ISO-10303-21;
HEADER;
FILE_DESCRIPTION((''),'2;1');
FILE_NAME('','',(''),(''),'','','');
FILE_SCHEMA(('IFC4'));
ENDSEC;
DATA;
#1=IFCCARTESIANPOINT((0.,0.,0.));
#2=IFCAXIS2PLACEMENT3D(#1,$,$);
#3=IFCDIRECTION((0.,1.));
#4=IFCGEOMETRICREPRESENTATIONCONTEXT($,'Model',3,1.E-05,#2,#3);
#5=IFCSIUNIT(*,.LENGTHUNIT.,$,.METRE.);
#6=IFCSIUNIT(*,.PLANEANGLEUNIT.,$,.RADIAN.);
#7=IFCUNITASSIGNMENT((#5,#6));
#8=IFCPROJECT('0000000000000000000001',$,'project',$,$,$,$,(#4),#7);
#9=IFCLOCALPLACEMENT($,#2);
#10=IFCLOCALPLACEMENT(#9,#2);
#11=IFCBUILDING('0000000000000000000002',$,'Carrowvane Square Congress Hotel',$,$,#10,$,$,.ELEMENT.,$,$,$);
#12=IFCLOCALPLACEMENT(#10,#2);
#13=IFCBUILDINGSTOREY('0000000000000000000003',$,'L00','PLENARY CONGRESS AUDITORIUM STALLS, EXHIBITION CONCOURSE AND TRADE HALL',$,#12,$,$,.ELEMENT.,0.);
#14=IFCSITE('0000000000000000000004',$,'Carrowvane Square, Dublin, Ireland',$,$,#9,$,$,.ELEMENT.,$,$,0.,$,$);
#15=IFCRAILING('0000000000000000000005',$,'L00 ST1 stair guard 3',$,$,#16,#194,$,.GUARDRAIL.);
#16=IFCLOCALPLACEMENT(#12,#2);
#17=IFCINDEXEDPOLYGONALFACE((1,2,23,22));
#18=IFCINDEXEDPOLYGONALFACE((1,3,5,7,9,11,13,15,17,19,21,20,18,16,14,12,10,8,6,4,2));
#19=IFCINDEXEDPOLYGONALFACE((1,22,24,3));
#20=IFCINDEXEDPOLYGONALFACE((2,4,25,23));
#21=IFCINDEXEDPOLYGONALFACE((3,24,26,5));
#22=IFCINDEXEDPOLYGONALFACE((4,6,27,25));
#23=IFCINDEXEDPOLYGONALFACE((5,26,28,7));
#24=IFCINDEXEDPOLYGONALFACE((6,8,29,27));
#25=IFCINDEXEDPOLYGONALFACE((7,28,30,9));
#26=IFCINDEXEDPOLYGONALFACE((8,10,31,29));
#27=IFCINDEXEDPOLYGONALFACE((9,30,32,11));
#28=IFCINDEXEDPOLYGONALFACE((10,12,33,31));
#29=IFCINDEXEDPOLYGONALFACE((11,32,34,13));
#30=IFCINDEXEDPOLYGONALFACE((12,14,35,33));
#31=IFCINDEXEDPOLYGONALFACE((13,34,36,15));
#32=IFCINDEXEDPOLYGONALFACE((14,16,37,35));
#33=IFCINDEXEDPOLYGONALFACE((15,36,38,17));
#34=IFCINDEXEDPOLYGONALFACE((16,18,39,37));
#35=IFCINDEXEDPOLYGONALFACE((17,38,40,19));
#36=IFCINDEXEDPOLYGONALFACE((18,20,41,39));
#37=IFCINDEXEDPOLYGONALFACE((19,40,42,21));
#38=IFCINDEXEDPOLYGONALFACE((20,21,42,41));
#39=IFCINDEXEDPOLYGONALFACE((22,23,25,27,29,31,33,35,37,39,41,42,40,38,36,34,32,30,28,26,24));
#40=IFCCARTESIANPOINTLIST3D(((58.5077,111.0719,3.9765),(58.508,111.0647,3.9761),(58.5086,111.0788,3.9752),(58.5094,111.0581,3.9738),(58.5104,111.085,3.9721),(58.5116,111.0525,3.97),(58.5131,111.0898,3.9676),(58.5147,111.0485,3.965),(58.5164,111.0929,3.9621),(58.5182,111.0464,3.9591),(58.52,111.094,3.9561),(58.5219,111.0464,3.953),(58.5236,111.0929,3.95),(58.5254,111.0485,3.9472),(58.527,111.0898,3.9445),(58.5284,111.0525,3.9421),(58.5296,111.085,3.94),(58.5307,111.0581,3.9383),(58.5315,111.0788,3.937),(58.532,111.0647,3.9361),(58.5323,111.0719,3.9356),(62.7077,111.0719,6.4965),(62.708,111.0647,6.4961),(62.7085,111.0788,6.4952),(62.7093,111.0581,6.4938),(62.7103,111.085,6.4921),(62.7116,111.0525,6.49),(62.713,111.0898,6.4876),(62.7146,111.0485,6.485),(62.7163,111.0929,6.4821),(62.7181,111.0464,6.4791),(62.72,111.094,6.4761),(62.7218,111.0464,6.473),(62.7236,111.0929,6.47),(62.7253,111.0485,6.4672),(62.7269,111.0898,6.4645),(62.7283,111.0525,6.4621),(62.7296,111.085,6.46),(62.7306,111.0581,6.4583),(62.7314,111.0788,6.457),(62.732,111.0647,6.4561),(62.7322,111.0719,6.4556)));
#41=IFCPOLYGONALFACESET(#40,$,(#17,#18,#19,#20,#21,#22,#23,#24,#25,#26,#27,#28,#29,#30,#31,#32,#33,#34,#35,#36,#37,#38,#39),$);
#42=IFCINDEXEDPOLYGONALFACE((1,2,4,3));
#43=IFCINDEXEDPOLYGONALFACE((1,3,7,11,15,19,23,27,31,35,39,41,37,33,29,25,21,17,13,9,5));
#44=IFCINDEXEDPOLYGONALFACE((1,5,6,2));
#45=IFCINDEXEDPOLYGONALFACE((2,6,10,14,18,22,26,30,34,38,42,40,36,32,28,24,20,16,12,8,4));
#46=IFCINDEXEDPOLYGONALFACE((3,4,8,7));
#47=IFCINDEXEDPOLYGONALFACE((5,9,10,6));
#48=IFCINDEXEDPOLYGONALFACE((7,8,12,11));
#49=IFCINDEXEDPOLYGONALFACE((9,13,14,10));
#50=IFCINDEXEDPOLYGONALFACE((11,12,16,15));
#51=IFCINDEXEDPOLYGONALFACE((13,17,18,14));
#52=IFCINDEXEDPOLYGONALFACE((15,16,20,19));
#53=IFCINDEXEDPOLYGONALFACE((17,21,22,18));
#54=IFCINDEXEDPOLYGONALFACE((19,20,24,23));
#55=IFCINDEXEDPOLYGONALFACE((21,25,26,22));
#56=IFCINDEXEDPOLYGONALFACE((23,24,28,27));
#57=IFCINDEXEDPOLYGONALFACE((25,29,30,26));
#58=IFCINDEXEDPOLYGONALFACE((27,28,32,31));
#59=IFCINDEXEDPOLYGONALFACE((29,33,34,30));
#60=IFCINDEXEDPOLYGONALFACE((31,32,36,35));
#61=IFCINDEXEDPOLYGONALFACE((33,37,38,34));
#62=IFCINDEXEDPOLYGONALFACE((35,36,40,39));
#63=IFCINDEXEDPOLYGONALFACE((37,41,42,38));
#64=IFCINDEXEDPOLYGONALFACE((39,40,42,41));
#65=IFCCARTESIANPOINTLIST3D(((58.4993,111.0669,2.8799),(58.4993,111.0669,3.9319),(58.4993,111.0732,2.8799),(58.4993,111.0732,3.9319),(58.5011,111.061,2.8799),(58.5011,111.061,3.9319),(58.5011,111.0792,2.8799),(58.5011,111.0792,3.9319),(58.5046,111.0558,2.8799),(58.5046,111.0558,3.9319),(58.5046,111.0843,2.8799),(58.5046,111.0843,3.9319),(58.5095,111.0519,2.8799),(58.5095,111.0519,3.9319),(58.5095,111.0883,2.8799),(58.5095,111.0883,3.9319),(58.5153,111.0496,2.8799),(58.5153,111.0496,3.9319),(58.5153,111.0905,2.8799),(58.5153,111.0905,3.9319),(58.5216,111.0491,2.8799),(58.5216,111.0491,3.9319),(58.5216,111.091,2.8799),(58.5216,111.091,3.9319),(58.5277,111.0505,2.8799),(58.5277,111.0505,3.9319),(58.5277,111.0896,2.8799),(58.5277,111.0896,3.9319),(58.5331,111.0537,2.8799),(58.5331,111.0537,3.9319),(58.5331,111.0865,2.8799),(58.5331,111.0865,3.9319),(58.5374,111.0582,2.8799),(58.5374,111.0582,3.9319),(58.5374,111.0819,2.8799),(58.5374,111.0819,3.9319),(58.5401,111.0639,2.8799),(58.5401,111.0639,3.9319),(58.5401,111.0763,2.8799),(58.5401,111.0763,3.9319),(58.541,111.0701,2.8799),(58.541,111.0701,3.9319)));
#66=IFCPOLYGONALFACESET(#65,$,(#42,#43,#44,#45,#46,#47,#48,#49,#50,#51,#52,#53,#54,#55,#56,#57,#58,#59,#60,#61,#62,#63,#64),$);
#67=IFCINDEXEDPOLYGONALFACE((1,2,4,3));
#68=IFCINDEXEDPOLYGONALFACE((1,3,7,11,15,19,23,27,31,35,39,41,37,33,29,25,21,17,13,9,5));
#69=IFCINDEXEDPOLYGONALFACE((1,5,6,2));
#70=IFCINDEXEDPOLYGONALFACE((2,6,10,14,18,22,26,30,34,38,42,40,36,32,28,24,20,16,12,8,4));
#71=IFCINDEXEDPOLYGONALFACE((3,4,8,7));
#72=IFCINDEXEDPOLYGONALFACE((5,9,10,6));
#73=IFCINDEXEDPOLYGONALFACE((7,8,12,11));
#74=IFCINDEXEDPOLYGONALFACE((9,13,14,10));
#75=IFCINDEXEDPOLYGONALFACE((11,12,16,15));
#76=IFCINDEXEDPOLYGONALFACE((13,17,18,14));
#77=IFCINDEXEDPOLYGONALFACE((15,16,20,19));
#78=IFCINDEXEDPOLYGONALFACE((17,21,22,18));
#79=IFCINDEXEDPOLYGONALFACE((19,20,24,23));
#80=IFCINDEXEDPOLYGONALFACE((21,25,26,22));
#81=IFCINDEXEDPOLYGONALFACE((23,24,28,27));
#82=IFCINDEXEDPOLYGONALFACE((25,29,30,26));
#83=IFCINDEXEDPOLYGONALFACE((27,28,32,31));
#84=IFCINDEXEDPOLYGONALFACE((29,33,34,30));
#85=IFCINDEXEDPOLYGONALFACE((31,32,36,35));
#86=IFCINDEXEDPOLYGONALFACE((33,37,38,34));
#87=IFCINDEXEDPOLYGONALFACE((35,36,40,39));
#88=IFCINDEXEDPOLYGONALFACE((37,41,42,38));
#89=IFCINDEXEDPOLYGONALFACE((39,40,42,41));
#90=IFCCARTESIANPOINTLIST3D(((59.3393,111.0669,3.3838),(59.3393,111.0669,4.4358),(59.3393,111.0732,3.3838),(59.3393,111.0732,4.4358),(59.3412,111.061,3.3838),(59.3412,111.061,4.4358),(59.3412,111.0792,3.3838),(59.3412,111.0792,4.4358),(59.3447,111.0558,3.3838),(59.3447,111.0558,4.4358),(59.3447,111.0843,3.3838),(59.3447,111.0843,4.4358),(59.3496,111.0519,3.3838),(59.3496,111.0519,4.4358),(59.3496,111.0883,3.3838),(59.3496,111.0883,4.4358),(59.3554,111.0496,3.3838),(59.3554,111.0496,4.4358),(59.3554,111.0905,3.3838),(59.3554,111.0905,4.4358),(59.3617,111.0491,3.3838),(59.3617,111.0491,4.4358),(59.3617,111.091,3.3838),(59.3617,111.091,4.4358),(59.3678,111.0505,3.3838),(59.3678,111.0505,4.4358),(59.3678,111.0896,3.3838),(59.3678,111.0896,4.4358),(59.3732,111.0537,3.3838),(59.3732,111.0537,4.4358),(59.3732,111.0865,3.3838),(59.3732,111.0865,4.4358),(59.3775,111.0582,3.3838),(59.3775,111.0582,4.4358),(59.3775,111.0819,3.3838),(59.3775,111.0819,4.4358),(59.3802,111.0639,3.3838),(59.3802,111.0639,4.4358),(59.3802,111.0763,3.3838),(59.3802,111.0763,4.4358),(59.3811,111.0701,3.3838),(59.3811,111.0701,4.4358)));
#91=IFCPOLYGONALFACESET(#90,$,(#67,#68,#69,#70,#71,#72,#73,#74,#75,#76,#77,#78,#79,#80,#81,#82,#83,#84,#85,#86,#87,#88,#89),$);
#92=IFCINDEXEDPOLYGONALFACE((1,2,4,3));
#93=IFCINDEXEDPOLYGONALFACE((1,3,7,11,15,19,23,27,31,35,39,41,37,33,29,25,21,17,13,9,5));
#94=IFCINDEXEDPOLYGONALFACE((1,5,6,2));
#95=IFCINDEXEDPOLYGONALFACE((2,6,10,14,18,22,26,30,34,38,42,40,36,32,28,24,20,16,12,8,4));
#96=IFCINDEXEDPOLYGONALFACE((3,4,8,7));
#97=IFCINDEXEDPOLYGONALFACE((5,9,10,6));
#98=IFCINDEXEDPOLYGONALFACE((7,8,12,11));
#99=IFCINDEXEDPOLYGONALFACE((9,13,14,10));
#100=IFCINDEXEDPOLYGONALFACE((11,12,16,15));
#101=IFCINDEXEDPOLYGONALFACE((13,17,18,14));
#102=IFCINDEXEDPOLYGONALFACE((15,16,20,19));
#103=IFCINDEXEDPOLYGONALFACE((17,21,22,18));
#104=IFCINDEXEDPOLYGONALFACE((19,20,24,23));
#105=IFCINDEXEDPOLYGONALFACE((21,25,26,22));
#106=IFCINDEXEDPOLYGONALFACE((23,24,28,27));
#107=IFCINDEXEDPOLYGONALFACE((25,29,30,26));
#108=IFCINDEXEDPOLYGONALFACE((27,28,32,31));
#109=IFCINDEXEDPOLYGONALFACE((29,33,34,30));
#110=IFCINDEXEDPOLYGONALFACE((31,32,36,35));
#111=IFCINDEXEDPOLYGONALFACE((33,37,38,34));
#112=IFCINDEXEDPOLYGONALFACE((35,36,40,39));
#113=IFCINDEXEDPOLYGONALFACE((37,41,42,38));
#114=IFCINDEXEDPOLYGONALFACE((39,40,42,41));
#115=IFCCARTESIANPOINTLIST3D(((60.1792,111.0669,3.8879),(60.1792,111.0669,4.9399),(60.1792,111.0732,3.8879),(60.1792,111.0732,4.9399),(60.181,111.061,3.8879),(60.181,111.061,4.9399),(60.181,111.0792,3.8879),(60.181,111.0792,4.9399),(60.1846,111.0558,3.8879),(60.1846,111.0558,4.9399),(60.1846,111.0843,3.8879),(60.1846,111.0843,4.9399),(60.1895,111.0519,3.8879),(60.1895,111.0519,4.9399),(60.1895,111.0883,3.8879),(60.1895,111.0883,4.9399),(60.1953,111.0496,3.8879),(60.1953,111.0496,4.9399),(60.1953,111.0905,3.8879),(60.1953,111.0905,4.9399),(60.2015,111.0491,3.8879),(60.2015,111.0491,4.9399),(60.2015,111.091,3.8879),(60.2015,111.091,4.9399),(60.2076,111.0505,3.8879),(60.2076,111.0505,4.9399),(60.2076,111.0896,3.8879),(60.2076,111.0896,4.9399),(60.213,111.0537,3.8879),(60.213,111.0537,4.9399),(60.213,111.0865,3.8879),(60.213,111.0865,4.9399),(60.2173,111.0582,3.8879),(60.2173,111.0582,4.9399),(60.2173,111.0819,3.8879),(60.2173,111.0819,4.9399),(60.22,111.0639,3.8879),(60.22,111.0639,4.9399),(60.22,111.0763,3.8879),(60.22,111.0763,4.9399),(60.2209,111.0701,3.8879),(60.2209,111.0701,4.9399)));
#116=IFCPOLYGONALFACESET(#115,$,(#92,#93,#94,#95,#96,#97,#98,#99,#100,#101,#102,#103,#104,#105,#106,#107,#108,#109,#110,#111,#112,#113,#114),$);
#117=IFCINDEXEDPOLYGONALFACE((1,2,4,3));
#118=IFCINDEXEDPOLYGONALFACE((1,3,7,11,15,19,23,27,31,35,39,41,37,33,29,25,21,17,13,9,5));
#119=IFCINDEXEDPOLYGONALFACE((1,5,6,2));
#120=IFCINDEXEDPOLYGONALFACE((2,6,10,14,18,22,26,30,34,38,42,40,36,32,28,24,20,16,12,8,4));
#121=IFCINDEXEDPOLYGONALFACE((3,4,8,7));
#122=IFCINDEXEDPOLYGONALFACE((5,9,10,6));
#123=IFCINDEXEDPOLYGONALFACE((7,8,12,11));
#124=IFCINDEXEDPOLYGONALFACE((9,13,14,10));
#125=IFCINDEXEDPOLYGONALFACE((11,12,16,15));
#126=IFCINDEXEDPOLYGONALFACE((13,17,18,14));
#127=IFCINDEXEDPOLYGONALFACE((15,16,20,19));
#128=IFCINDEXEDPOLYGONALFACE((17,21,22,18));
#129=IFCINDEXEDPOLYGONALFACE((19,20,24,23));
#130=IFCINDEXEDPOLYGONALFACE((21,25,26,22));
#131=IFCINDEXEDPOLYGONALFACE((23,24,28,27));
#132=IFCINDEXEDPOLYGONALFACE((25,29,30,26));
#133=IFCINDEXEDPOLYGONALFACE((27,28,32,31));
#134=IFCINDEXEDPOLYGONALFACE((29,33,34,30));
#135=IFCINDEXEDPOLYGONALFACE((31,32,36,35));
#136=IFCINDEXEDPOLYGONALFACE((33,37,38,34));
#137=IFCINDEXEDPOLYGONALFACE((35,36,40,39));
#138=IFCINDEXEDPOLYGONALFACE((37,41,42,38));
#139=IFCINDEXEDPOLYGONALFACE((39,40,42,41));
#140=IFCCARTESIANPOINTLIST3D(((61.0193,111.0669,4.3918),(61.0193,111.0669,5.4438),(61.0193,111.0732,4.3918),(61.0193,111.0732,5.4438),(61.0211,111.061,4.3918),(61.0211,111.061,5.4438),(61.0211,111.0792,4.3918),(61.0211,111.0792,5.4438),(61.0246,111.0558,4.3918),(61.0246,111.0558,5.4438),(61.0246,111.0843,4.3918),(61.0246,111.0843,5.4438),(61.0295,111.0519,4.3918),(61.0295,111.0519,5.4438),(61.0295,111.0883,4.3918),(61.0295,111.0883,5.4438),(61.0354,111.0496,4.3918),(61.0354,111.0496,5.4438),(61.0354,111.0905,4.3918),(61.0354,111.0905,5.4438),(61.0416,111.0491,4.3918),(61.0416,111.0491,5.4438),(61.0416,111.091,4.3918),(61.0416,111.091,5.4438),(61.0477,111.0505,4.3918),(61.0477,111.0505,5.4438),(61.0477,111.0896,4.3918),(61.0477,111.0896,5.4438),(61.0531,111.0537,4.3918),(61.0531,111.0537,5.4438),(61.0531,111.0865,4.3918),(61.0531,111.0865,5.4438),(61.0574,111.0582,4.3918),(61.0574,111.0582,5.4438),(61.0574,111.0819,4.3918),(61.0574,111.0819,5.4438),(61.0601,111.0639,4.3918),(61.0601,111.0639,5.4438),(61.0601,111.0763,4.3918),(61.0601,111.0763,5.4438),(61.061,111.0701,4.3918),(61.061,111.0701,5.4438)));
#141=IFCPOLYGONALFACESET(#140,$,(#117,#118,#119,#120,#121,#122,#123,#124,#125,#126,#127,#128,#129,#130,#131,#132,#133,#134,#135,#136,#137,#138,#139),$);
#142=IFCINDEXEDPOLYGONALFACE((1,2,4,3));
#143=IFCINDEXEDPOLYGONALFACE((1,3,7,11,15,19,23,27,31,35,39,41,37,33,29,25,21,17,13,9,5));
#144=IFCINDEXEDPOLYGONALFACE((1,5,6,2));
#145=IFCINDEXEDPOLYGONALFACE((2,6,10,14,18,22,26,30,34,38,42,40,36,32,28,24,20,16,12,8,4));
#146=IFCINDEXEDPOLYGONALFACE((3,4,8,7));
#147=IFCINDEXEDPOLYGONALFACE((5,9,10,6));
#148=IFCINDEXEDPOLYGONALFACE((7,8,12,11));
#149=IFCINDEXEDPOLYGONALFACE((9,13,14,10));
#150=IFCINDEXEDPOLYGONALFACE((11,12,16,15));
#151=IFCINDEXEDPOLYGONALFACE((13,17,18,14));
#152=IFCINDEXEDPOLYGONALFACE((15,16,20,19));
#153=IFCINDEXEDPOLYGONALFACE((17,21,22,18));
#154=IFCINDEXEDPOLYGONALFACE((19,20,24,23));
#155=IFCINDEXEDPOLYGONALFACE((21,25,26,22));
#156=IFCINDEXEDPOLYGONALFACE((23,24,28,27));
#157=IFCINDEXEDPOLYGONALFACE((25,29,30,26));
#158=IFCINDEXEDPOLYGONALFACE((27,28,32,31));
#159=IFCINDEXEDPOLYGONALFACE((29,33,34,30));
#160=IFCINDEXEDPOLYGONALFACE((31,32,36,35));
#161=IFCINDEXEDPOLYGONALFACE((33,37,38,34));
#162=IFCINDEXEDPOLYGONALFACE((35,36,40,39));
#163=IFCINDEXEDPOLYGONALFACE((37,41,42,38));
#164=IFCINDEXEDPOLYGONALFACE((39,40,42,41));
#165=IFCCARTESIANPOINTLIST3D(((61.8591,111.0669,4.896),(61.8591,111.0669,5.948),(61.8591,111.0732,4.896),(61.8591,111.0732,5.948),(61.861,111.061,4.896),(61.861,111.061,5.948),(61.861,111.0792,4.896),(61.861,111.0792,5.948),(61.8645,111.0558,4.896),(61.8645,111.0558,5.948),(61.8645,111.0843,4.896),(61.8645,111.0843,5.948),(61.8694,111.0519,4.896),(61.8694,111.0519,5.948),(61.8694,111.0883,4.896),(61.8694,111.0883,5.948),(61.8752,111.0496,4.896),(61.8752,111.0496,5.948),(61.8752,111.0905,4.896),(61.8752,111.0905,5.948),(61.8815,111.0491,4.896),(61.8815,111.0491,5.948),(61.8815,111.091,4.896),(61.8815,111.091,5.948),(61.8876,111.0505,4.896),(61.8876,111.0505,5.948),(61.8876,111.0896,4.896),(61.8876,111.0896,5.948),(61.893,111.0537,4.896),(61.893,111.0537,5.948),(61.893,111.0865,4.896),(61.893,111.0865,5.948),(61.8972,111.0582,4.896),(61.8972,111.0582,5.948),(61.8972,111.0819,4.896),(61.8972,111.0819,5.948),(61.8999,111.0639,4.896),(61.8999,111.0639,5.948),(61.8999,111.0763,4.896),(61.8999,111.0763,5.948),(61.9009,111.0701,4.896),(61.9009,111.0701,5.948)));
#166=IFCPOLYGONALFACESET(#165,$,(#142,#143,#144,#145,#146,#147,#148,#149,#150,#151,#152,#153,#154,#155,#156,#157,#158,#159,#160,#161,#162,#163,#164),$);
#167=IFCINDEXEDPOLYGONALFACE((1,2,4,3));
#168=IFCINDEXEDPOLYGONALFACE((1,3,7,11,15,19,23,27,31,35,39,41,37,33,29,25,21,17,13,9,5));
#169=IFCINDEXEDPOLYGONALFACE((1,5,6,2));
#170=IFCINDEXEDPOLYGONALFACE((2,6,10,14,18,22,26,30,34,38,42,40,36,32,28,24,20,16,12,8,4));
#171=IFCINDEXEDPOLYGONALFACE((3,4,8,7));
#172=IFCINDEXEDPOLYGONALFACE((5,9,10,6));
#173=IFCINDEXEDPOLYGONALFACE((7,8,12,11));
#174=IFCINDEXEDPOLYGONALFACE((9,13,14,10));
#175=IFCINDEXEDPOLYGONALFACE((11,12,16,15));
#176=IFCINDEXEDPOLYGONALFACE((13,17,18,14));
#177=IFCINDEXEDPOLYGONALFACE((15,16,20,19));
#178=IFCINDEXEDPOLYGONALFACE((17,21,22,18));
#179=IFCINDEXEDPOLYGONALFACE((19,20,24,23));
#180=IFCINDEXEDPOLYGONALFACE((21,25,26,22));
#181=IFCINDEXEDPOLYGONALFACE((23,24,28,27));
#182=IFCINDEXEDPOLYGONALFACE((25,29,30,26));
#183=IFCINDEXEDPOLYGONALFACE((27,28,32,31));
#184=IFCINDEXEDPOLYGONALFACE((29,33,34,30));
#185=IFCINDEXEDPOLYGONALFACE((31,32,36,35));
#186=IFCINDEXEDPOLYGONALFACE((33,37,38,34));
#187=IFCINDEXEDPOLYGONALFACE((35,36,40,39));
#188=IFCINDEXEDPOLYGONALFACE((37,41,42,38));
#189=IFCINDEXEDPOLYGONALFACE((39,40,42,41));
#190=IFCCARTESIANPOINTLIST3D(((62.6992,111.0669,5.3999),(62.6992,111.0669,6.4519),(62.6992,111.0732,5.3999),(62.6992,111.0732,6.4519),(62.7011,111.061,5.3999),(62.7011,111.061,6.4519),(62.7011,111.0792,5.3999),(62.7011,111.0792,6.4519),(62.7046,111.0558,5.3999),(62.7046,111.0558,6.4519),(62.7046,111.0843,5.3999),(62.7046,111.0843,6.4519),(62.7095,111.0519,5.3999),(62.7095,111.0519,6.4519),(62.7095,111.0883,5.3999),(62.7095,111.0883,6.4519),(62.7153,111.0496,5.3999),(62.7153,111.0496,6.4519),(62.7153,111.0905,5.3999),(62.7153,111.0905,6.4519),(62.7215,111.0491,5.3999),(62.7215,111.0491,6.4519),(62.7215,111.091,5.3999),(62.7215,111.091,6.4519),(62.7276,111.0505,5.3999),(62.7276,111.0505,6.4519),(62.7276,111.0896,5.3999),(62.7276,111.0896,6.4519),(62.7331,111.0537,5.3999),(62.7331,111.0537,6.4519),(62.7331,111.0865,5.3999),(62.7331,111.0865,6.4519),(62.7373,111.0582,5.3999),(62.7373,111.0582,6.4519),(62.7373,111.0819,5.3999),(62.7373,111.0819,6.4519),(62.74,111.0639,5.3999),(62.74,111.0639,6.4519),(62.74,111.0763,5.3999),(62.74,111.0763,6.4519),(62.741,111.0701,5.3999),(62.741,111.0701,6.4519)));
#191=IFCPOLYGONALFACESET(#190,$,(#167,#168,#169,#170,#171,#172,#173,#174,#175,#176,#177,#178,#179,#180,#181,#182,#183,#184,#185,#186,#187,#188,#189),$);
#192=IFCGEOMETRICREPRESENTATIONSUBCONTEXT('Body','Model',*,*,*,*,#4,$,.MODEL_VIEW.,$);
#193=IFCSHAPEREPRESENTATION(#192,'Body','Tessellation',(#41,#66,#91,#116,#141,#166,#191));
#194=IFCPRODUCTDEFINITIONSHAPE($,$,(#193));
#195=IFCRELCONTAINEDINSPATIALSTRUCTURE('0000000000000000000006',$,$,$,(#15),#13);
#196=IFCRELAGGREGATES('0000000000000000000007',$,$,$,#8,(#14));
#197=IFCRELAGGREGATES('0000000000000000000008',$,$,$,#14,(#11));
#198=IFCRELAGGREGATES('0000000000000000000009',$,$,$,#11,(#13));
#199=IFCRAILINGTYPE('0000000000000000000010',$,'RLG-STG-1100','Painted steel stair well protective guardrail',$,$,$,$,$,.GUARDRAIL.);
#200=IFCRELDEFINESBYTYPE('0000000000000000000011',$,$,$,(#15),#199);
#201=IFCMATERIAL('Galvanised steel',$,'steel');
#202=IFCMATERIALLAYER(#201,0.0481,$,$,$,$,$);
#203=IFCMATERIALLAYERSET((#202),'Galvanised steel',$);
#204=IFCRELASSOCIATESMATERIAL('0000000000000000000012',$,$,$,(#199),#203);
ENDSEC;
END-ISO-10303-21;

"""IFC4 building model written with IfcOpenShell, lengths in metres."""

from ifc_helpers import new_model, si_unit, direction, frame, origin, origin_2d, place, context, subcontext, project, spatial, circle, extrude, material, layer, layer_set, type_object, element, save


model = new_model("IFC4")

# Units and contexts
model_context = context("Model", 3, precision=1e-05, world=origin(), true_north=direction((0.0, 1.0)))
body_context = subcontext(model_context, "Body", "Model", "MODEL_VIEW")
ifc_project = project(units=[si_unit("LENGTHUNIT", "METRE"), si_unit("PLANEANGLEUNIT", "RADIAN")], contexts=[model_context])

# Site, building, storey
site_placement = place(None, origin())
site = spatial("IfcSite", under=ifc_project, at=site_placement, Name="Carrowvane Square, Dublin, Ireland", CompositionType="ELEMENT", RefElevation=0.0)
building_placement = place(site_placement, origin())
building = spatial("IfcBuilding", under=site, at=building_placement, Name="Carrowvane Square Congress Hotel", CompositionType="ELEMENT")
storey_placement = place(building_placement, origin())
storey = spatial("IfcBuildingStorey", under=building, at=storey_placement, Name="L00", Description="PLENARY CONGRESS AUDITORIUM STALLS, EXHIBITION CONCOURSE AND TRADE HALL", CompositionType="ELEMENT", Elevation=0.0)

# Railing
ifc_material_1 = material(Name="Galvanised steel", Category="steel")
ifc_layer_1 = layer(ifc_material_1, 0.0481)
ifc_layer_set_1 = layer_set([ifc_layer_1], Name="Galvanised steel")
railing_type = type_object("IfcRailingType", Name="RLG-STG-1100", Description="Painted steel stair well protective guardrail", PredefinedType="GUARDRAIL", material=ifc_layer_set_1)
railing_1_placement = place(storey_placement, frame((58.52, 111.0701, 2.8799)))
element("IfcRailing", 1, at=railing_1_placement, inside=storey, type_object=railing_type, Name="L00 ST1 stair guard 3", PredefinedType="GUARDRAIL", context=body_context, shape_type="SweptSolid", body=[
    extrude(circle(Radius=0.0239, at=origin_2d()), frame((0.0, 0.0, 1.0762), z_axis=(0.857489, 0.0, 0.514503), x_axis=(0.0, 1.0, 0.0)), (0.0, 0.0, 1.0), 4.8979),
    extrude(circle(Radius=0.021, at=origin_2d()), origin(), (0.0, 0.0, 1.0), 1.052),
    extrude(circle(Radius=0.021, at=origin_2d()), frame((0.8401, 0.0, 0.5039)), (0.0, 0.0, 1.0), 1.052),
    extrude(circle(Radius=0.021, at=origin_2d()), frame((1.6799, 0.0, 1.0081)), (0.0, 0.0, 1.0), 1.052),
    extrude(circle(Radius=0.021, at=origin_2d()), frame((2.52, 0.0, 1.512)), (0.0, 0.0, 1.0), 1.052),
    extrude(circle(Radius=0.021, at=origin_2d()), frame((3.3599, 0.0, 2.0161)), (0.0, 0.0, 1.0), 1.052),
    extrude(circle(Radius=0.021, at=origin_2d()), frame((4.2, 0.0, 2.52)), (0.0, 0.0, 1.0), 1.052),
])

save(model, "model.ifc")
